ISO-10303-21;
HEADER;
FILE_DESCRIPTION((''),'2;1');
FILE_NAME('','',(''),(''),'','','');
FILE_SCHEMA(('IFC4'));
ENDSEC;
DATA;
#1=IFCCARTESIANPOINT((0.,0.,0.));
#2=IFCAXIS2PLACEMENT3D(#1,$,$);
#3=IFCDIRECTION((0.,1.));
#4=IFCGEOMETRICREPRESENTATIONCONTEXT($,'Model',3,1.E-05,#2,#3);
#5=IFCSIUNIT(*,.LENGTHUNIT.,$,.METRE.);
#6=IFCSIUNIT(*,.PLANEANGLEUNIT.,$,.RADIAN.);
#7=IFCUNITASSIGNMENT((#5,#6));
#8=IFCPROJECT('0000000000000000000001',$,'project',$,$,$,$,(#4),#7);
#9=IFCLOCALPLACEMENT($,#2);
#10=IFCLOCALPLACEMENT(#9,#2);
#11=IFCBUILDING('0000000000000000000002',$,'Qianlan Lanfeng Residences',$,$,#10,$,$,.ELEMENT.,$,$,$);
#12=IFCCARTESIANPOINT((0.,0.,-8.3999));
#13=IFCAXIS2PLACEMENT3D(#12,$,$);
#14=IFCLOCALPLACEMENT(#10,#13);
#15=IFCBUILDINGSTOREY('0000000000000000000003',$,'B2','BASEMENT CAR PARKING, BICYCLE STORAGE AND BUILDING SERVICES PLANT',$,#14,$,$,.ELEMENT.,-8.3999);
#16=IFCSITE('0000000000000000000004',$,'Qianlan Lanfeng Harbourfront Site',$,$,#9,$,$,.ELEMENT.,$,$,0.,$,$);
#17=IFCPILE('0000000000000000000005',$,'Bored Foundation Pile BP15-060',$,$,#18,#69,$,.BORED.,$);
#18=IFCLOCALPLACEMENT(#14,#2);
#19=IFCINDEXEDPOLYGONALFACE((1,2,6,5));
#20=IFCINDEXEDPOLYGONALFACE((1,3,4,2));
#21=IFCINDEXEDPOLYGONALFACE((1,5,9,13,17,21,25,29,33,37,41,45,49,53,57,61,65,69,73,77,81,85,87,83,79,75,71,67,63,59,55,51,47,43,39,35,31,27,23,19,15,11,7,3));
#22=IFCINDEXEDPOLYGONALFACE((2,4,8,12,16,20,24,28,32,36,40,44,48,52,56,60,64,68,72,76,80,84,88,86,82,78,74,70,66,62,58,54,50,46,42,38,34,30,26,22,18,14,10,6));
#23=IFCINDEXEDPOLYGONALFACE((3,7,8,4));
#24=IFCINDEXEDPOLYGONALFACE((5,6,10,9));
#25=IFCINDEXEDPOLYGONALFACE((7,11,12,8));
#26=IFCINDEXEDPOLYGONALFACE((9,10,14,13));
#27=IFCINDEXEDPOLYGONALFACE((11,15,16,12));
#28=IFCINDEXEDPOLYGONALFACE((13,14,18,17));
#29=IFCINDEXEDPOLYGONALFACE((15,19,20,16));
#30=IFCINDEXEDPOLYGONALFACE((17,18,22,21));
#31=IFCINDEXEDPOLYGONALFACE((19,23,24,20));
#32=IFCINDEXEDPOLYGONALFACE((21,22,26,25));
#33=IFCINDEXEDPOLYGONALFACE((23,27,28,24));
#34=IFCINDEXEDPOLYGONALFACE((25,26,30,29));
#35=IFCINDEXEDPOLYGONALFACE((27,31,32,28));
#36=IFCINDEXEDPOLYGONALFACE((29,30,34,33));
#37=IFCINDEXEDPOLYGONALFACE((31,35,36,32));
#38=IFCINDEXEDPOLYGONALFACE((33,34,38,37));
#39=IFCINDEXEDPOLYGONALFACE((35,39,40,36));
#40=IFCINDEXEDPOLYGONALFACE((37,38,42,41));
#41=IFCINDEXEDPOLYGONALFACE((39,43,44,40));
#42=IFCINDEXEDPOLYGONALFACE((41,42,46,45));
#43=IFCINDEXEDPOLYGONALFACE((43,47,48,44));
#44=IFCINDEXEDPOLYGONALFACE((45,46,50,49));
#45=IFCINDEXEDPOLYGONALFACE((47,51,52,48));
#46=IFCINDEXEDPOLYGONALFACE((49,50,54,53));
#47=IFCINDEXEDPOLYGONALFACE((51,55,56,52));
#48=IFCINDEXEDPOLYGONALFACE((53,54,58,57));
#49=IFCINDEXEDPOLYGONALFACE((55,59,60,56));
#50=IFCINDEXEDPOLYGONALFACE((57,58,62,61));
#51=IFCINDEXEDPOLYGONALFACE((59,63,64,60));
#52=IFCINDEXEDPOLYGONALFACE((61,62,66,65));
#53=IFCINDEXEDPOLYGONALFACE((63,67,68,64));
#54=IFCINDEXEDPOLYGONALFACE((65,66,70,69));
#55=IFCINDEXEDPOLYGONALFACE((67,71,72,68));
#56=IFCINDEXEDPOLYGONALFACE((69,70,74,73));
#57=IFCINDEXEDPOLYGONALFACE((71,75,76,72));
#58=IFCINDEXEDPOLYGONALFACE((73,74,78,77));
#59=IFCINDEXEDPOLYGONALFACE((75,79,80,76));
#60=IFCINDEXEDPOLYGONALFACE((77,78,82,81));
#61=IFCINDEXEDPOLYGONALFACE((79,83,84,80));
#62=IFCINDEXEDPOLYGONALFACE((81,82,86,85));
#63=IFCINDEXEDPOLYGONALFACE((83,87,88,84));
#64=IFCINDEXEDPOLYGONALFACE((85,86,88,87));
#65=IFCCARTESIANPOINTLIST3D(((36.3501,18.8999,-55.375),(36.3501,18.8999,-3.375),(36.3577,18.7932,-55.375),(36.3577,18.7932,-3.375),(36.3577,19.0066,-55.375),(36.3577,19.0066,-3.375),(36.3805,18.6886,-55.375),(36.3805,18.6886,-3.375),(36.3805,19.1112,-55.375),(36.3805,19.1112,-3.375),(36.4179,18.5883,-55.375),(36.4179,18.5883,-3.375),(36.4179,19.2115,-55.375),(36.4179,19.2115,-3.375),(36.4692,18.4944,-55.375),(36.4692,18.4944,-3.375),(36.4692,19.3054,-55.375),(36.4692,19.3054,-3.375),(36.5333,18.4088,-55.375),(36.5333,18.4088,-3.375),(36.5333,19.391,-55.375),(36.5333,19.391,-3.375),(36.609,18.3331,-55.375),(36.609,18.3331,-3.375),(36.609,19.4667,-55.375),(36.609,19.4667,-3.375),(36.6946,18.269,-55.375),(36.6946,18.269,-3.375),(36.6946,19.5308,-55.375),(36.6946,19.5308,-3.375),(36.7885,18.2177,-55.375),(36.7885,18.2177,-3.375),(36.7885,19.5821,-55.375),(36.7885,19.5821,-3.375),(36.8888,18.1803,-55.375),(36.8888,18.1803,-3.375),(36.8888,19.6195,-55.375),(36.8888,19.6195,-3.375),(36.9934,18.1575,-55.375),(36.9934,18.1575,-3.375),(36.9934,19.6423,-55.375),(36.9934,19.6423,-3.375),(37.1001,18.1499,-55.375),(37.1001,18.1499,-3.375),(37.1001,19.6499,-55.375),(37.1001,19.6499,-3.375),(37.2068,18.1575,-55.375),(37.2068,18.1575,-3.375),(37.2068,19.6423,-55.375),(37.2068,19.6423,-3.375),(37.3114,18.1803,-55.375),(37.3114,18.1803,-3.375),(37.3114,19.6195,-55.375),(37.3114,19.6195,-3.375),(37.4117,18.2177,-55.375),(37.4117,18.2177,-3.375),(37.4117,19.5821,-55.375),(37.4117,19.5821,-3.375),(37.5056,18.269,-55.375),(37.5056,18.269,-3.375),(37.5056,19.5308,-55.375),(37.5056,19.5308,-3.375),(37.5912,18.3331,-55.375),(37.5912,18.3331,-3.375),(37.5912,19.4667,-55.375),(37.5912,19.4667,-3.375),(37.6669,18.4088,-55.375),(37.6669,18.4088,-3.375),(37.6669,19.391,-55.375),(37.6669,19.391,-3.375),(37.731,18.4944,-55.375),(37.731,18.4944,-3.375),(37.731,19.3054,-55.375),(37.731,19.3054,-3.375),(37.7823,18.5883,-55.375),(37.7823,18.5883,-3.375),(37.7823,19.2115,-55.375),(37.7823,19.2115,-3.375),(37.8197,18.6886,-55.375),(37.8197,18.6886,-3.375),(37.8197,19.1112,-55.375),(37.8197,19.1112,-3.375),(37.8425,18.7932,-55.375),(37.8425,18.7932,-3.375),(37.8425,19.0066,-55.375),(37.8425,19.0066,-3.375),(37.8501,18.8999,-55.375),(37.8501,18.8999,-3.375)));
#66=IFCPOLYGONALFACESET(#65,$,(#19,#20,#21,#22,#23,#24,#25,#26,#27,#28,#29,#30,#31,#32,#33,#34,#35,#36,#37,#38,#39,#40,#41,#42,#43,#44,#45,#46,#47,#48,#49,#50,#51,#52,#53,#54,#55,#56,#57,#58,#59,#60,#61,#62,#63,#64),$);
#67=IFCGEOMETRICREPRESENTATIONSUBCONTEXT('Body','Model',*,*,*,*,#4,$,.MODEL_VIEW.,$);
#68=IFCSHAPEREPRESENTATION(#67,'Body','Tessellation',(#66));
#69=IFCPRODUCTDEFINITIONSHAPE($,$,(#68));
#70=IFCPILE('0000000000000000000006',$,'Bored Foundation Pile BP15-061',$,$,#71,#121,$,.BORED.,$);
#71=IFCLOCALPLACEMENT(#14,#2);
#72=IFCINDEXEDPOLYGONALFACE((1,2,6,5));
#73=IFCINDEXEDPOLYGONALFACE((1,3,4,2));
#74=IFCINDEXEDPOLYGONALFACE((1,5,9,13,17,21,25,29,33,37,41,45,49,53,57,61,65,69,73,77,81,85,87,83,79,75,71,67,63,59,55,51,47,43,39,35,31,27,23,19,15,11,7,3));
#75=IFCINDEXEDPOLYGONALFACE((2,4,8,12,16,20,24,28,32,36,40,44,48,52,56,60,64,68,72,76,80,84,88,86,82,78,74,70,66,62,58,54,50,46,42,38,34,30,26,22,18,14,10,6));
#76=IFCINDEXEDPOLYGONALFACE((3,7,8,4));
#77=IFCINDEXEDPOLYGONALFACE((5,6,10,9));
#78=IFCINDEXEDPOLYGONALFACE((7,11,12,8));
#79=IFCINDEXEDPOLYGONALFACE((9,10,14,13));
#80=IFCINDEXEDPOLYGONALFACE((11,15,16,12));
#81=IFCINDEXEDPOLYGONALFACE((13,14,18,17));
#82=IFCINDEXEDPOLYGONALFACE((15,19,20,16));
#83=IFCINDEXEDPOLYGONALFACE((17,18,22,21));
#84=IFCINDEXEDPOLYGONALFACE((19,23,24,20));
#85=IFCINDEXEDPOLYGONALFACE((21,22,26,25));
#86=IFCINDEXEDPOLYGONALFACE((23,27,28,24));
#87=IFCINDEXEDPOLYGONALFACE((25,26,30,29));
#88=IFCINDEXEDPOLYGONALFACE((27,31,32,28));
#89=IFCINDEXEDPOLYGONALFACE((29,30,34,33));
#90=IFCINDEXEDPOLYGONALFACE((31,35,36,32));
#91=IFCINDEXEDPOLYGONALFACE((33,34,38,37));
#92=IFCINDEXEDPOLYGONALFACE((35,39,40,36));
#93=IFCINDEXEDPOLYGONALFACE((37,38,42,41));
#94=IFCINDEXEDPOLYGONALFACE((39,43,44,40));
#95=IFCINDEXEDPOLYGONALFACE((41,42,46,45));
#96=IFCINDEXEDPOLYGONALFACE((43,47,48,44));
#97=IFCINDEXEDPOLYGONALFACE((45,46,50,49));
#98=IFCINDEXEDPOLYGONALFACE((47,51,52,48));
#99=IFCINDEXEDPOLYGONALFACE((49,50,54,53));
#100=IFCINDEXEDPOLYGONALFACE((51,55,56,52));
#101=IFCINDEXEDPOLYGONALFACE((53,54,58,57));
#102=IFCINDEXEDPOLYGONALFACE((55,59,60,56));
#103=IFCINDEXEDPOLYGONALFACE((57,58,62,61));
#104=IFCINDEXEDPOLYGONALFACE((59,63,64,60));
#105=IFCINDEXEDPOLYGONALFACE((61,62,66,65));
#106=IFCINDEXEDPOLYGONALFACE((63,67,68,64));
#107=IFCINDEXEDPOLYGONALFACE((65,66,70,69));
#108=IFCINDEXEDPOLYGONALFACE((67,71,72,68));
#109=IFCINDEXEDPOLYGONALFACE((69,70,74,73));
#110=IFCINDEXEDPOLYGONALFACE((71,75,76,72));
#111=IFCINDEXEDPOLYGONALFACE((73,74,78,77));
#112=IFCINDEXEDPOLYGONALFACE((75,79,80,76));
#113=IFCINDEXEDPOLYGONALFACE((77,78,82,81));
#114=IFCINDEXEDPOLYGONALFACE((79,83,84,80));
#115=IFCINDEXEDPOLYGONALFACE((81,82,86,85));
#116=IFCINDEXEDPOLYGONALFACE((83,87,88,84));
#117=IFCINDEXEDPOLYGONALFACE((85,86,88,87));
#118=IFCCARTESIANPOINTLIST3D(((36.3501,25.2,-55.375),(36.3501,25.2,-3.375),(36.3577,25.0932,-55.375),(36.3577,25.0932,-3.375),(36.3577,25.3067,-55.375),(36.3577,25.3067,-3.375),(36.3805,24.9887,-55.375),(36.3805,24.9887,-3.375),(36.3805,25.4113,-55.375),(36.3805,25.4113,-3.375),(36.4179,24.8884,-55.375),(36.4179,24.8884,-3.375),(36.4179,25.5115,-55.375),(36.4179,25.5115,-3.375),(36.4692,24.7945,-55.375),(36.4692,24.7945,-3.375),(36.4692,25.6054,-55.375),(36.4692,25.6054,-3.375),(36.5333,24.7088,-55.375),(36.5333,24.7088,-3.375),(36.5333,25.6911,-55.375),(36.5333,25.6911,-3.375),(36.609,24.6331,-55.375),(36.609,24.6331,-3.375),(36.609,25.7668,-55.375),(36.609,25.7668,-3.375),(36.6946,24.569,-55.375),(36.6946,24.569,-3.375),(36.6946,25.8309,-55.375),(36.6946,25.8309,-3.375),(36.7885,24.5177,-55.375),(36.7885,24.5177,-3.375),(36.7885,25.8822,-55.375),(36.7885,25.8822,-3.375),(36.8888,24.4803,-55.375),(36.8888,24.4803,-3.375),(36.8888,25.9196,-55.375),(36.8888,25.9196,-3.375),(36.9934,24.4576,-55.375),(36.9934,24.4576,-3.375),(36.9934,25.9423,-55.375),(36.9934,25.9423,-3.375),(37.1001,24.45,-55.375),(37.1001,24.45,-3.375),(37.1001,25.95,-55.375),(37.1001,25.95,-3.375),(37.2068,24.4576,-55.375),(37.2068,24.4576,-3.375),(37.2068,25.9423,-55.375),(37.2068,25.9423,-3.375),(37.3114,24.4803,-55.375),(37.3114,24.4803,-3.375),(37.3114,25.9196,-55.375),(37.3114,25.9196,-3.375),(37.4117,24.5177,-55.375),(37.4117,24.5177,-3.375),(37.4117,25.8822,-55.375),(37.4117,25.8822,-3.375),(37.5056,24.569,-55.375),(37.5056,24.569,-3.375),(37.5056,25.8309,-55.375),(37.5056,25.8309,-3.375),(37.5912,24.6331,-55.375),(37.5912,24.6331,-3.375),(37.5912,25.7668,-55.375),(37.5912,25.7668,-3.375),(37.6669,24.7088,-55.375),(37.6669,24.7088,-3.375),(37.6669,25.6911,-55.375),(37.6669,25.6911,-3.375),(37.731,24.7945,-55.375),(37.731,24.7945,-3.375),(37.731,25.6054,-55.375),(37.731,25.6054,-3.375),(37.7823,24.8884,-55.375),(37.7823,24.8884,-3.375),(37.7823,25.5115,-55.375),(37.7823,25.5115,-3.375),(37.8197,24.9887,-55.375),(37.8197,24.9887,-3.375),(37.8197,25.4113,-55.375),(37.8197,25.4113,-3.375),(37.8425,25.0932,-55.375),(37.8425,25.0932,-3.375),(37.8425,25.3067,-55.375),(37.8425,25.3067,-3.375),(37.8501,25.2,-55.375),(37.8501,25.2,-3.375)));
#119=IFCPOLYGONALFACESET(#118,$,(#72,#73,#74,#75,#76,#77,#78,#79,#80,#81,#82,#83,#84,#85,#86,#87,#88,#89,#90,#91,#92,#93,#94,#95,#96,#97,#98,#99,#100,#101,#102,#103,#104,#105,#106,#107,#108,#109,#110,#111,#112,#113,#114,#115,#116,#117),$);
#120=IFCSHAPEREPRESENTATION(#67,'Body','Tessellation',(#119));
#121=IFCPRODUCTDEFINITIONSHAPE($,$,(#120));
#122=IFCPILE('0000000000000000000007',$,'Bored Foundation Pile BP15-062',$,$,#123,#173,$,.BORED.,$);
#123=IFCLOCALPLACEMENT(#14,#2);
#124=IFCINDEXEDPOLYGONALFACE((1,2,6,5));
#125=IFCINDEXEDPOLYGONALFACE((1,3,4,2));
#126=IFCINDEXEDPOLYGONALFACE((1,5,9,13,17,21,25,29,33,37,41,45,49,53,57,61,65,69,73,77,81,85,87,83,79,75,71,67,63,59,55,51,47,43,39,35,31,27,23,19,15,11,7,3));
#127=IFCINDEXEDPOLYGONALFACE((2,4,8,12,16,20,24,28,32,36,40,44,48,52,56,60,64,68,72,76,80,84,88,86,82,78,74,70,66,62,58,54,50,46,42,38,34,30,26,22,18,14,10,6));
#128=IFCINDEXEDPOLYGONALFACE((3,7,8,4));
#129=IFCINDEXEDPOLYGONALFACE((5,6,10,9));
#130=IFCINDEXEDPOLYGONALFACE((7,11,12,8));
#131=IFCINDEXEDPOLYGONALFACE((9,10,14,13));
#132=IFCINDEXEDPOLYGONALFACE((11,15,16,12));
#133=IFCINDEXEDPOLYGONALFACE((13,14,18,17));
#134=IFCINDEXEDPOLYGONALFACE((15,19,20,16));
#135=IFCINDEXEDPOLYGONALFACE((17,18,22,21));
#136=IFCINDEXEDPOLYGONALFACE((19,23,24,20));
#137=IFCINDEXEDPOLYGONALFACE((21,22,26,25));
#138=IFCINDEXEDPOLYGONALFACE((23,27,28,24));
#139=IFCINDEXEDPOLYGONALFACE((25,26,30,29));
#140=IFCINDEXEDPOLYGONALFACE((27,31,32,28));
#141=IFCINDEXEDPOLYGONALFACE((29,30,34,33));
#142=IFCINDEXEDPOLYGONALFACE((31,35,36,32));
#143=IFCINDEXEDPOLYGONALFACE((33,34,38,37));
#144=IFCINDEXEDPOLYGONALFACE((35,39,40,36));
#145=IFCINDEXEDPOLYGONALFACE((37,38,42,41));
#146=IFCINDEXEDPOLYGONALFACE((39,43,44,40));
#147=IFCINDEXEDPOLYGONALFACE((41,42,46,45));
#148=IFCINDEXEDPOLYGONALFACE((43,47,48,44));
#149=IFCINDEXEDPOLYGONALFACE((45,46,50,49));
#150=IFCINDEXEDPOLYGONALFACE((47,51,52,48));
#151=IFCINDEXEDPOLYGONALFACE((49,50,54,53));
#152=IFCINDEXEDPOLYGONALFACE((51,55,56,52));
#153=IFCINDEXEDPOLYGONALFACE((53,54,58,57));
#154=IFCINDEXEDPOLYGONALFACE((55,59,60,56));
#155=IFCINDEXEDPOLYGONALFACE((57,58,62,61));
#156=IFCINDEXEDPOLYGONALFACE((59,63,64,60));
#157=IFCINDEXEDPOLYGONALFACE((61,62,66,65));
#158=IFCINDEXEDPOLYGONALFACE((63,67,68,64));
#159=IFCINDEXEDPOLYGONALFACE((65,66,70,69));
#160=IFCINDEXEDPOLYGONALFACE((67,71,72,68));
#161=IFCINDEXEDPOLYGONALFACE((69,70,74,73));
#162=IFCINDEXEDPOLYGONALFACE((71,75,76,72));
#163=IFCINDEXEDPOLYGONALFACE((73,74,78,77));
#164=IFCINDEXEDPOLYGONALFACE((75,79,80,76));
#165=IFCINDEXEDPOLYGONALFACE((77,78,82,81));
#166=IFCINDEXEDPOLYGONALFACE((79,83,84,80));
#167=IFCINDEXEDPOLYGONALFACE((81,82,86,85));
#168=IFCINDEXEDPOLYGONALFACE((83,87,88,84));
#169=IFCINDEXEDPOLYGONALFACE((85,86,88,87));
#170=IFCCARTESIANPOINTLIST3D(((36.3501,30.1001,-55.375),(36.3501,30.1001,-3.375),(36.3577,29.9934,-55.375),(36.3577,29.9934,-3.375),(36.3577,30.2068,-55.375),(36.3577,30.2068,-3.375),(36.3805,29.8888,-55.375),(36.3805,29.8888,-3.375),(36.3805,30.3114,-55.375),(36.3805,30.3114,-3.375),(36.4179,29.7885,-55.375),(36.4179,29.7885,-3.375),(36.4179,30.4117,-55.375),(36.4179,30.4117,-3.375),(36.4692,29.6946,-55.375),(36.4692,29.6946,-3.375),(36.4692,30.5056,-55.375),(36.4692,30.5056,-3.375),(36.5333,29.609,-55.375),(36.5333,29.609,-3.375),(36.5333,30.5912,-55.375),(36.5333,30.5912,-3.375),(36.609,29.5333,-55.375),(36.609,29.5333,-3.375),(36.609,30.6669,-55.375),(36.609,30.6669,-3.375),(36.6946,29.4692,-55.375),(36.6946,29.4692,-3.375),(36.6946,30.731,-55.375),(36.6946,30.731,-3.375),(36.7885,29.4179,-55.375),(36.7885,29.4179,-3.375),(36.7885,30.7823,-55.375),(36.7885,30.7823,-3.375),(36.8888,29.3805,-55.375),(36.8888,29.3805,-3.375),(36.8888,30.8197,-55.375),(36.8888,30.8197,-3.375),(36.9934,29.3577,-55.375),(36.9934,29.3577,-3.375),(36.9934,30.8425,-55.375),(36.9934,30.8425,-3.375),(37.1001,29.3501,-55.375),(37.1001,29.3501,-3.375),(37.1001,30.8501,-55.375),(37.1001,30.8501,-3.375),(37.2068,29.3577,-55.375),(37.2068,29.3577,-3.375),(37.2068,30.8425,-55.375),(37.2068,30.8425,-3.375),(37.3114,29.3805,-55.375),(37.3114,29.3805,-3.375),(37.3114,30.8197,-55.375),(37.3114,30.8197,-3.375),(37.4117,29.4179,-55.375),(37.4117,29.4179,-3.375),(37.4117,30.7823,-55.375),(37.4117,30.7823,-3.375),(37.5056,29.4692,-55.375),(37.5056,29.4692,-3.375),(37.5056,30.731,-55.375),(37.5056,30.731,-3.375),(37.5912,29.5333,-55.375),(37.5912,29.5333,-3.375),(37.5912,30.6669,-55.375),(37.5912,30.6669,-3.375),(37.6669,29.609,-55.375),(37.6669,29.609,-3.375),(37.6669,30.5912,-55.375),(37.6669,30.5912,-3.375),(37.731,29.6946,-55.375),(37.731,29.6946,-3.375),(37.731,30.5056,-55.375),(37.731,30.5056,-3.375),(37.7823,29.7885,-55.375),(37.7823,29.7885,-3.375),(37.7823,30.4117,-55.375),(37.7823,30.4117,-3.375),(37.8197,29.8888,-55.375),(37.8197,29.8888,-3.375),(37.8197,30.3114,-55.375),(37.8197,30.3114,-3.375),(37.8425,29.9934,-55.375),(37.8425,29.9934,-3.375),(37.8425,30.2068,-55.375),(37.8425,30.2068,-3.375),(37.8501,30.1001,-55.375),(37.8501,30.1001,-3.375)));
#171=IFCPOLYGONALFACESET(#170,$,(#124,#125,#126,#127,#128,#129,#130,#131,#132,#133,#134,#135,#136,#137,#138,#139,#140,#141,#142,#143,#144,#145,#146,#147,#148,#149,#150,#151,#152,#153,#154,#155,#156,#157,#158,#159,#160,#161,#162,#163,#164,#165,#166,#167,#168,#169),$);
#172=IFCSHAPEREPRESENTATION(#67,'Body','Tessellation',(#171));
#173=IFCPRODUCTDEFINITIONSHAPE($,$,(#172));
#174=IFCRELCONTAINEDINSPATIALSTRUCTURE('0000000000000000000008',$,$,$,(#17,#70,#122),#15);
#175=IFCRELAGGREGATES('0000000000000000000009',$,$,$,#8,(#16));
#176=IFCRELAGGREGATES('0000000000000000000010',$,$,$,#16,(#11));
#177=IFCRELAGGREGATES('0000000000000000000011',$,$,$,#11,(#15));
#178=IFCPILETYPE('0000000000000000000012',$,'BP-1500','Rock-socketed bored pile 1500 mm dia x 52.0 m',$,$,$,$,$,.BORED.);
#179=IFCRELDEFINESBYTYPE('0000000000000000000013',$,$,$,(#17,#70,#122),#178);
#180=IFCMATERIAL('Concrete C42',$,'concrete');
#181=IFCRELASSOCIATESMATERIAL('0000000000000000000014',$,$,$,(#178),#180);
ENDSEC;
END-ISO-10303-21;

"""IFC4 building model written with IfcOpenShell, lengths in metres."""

from ifc_helpers import new_model, si_unit, direction, frame, origin, origin_2d, place, context, subcontext, project, spatial, circle, extrude, material, material_profile, profile_set, type_object, element, save


model = new_model("IFC4")

# Units and contexts
model_context = context("Model", 3, precision=1e-05, world=origin(), true_north=direction((0.0, 1.0)))
body_context = subcontext(model_context, "Body", "Model", "MODEL_VIEW")
ifc_project = project(units=[si_unit("LENGTHUNIT", "METRE"), si_unit("PLANEANGLEUNIT", "RADIAN")], contexts=[model_context])

# Site, building, storey
site_placement = place(None, origin())
site = spatial("IfcSite", under=ifc_project, at=site_placement, Name="Qianlan Lanfeng Harbourfront Site", CompositionType="ELEMENT", RefElevation=0.0)
building_placement = place(site_placement, origin())
building = spatial("IfcBuilding", under=site, at=building_placement, Name="Qianlan Lanfeng Residences", CompositionType="ELEMENT")
storey_placement = place(building_placement, frame((0.0, 0.0, -8.3999)))
storey = spatial("IfcBuildingStorey", under=building, at=storey_placement, Name="B2", Description="BASEMENT CAR PARKING, BICYCLE STORAGE AND BUILDING SERVICES PLANT", CompositionType="ELEMENT", Elevation=-8.3999)

# Piles
ifc_material_1 = material(Name="Concrete C42", Category="concrete")
ifc_material_profile_1 = material_profile(ifc_material_1, circle(Radius=0.75, at=origin_2d()), Name="PILE D1500")
ifc_profile_set_1 = profile_set([ifc_material_profile_1], Name="Concrete C42")
pile_type = type_object("IfcPileType", Name="BP-1500", Description="Rock-socketed bored pile 1500 mm dia x 52.0 m", PredefinedType="BORED", material=ifc_profile_set_1)
for number, where, z_axis, x_axis, name in (
    (1, (37.1001, 18.8999, -3.375), (0.0, 0.0, -1.0), (1.0, 0.0, 0.0), "Bored Foundation Pile BP15-060"),
    (2, (37.1001, 25.2, -3.375), (0.0, 0.0, -1.0), (1.0, 0.0, 0.0), "Bored Foundation Pile BP15-061"),
    (3, (37.1001, 30.1001, -3.375), (0.0, 0.0, -1.0), (1.0, 0.0, 0.0), "Bored Foundation Pile BP15-062"),
):
    element("IfcPile", number, at=place(storey_placement, frame(where, z_axis=z_axis, x_axis=x_axis)), inside=storey, type_object=pile_type, Name=name, PredefinedType="BORED", context=body_context, shape_type="SweptSolid", body=[
        extrude(circle(Radius=0.75, at=origin_2d()), origin(), (0.0, 0.0, 1.0), 52.0),
    ])

save(model, "model.ifc")
